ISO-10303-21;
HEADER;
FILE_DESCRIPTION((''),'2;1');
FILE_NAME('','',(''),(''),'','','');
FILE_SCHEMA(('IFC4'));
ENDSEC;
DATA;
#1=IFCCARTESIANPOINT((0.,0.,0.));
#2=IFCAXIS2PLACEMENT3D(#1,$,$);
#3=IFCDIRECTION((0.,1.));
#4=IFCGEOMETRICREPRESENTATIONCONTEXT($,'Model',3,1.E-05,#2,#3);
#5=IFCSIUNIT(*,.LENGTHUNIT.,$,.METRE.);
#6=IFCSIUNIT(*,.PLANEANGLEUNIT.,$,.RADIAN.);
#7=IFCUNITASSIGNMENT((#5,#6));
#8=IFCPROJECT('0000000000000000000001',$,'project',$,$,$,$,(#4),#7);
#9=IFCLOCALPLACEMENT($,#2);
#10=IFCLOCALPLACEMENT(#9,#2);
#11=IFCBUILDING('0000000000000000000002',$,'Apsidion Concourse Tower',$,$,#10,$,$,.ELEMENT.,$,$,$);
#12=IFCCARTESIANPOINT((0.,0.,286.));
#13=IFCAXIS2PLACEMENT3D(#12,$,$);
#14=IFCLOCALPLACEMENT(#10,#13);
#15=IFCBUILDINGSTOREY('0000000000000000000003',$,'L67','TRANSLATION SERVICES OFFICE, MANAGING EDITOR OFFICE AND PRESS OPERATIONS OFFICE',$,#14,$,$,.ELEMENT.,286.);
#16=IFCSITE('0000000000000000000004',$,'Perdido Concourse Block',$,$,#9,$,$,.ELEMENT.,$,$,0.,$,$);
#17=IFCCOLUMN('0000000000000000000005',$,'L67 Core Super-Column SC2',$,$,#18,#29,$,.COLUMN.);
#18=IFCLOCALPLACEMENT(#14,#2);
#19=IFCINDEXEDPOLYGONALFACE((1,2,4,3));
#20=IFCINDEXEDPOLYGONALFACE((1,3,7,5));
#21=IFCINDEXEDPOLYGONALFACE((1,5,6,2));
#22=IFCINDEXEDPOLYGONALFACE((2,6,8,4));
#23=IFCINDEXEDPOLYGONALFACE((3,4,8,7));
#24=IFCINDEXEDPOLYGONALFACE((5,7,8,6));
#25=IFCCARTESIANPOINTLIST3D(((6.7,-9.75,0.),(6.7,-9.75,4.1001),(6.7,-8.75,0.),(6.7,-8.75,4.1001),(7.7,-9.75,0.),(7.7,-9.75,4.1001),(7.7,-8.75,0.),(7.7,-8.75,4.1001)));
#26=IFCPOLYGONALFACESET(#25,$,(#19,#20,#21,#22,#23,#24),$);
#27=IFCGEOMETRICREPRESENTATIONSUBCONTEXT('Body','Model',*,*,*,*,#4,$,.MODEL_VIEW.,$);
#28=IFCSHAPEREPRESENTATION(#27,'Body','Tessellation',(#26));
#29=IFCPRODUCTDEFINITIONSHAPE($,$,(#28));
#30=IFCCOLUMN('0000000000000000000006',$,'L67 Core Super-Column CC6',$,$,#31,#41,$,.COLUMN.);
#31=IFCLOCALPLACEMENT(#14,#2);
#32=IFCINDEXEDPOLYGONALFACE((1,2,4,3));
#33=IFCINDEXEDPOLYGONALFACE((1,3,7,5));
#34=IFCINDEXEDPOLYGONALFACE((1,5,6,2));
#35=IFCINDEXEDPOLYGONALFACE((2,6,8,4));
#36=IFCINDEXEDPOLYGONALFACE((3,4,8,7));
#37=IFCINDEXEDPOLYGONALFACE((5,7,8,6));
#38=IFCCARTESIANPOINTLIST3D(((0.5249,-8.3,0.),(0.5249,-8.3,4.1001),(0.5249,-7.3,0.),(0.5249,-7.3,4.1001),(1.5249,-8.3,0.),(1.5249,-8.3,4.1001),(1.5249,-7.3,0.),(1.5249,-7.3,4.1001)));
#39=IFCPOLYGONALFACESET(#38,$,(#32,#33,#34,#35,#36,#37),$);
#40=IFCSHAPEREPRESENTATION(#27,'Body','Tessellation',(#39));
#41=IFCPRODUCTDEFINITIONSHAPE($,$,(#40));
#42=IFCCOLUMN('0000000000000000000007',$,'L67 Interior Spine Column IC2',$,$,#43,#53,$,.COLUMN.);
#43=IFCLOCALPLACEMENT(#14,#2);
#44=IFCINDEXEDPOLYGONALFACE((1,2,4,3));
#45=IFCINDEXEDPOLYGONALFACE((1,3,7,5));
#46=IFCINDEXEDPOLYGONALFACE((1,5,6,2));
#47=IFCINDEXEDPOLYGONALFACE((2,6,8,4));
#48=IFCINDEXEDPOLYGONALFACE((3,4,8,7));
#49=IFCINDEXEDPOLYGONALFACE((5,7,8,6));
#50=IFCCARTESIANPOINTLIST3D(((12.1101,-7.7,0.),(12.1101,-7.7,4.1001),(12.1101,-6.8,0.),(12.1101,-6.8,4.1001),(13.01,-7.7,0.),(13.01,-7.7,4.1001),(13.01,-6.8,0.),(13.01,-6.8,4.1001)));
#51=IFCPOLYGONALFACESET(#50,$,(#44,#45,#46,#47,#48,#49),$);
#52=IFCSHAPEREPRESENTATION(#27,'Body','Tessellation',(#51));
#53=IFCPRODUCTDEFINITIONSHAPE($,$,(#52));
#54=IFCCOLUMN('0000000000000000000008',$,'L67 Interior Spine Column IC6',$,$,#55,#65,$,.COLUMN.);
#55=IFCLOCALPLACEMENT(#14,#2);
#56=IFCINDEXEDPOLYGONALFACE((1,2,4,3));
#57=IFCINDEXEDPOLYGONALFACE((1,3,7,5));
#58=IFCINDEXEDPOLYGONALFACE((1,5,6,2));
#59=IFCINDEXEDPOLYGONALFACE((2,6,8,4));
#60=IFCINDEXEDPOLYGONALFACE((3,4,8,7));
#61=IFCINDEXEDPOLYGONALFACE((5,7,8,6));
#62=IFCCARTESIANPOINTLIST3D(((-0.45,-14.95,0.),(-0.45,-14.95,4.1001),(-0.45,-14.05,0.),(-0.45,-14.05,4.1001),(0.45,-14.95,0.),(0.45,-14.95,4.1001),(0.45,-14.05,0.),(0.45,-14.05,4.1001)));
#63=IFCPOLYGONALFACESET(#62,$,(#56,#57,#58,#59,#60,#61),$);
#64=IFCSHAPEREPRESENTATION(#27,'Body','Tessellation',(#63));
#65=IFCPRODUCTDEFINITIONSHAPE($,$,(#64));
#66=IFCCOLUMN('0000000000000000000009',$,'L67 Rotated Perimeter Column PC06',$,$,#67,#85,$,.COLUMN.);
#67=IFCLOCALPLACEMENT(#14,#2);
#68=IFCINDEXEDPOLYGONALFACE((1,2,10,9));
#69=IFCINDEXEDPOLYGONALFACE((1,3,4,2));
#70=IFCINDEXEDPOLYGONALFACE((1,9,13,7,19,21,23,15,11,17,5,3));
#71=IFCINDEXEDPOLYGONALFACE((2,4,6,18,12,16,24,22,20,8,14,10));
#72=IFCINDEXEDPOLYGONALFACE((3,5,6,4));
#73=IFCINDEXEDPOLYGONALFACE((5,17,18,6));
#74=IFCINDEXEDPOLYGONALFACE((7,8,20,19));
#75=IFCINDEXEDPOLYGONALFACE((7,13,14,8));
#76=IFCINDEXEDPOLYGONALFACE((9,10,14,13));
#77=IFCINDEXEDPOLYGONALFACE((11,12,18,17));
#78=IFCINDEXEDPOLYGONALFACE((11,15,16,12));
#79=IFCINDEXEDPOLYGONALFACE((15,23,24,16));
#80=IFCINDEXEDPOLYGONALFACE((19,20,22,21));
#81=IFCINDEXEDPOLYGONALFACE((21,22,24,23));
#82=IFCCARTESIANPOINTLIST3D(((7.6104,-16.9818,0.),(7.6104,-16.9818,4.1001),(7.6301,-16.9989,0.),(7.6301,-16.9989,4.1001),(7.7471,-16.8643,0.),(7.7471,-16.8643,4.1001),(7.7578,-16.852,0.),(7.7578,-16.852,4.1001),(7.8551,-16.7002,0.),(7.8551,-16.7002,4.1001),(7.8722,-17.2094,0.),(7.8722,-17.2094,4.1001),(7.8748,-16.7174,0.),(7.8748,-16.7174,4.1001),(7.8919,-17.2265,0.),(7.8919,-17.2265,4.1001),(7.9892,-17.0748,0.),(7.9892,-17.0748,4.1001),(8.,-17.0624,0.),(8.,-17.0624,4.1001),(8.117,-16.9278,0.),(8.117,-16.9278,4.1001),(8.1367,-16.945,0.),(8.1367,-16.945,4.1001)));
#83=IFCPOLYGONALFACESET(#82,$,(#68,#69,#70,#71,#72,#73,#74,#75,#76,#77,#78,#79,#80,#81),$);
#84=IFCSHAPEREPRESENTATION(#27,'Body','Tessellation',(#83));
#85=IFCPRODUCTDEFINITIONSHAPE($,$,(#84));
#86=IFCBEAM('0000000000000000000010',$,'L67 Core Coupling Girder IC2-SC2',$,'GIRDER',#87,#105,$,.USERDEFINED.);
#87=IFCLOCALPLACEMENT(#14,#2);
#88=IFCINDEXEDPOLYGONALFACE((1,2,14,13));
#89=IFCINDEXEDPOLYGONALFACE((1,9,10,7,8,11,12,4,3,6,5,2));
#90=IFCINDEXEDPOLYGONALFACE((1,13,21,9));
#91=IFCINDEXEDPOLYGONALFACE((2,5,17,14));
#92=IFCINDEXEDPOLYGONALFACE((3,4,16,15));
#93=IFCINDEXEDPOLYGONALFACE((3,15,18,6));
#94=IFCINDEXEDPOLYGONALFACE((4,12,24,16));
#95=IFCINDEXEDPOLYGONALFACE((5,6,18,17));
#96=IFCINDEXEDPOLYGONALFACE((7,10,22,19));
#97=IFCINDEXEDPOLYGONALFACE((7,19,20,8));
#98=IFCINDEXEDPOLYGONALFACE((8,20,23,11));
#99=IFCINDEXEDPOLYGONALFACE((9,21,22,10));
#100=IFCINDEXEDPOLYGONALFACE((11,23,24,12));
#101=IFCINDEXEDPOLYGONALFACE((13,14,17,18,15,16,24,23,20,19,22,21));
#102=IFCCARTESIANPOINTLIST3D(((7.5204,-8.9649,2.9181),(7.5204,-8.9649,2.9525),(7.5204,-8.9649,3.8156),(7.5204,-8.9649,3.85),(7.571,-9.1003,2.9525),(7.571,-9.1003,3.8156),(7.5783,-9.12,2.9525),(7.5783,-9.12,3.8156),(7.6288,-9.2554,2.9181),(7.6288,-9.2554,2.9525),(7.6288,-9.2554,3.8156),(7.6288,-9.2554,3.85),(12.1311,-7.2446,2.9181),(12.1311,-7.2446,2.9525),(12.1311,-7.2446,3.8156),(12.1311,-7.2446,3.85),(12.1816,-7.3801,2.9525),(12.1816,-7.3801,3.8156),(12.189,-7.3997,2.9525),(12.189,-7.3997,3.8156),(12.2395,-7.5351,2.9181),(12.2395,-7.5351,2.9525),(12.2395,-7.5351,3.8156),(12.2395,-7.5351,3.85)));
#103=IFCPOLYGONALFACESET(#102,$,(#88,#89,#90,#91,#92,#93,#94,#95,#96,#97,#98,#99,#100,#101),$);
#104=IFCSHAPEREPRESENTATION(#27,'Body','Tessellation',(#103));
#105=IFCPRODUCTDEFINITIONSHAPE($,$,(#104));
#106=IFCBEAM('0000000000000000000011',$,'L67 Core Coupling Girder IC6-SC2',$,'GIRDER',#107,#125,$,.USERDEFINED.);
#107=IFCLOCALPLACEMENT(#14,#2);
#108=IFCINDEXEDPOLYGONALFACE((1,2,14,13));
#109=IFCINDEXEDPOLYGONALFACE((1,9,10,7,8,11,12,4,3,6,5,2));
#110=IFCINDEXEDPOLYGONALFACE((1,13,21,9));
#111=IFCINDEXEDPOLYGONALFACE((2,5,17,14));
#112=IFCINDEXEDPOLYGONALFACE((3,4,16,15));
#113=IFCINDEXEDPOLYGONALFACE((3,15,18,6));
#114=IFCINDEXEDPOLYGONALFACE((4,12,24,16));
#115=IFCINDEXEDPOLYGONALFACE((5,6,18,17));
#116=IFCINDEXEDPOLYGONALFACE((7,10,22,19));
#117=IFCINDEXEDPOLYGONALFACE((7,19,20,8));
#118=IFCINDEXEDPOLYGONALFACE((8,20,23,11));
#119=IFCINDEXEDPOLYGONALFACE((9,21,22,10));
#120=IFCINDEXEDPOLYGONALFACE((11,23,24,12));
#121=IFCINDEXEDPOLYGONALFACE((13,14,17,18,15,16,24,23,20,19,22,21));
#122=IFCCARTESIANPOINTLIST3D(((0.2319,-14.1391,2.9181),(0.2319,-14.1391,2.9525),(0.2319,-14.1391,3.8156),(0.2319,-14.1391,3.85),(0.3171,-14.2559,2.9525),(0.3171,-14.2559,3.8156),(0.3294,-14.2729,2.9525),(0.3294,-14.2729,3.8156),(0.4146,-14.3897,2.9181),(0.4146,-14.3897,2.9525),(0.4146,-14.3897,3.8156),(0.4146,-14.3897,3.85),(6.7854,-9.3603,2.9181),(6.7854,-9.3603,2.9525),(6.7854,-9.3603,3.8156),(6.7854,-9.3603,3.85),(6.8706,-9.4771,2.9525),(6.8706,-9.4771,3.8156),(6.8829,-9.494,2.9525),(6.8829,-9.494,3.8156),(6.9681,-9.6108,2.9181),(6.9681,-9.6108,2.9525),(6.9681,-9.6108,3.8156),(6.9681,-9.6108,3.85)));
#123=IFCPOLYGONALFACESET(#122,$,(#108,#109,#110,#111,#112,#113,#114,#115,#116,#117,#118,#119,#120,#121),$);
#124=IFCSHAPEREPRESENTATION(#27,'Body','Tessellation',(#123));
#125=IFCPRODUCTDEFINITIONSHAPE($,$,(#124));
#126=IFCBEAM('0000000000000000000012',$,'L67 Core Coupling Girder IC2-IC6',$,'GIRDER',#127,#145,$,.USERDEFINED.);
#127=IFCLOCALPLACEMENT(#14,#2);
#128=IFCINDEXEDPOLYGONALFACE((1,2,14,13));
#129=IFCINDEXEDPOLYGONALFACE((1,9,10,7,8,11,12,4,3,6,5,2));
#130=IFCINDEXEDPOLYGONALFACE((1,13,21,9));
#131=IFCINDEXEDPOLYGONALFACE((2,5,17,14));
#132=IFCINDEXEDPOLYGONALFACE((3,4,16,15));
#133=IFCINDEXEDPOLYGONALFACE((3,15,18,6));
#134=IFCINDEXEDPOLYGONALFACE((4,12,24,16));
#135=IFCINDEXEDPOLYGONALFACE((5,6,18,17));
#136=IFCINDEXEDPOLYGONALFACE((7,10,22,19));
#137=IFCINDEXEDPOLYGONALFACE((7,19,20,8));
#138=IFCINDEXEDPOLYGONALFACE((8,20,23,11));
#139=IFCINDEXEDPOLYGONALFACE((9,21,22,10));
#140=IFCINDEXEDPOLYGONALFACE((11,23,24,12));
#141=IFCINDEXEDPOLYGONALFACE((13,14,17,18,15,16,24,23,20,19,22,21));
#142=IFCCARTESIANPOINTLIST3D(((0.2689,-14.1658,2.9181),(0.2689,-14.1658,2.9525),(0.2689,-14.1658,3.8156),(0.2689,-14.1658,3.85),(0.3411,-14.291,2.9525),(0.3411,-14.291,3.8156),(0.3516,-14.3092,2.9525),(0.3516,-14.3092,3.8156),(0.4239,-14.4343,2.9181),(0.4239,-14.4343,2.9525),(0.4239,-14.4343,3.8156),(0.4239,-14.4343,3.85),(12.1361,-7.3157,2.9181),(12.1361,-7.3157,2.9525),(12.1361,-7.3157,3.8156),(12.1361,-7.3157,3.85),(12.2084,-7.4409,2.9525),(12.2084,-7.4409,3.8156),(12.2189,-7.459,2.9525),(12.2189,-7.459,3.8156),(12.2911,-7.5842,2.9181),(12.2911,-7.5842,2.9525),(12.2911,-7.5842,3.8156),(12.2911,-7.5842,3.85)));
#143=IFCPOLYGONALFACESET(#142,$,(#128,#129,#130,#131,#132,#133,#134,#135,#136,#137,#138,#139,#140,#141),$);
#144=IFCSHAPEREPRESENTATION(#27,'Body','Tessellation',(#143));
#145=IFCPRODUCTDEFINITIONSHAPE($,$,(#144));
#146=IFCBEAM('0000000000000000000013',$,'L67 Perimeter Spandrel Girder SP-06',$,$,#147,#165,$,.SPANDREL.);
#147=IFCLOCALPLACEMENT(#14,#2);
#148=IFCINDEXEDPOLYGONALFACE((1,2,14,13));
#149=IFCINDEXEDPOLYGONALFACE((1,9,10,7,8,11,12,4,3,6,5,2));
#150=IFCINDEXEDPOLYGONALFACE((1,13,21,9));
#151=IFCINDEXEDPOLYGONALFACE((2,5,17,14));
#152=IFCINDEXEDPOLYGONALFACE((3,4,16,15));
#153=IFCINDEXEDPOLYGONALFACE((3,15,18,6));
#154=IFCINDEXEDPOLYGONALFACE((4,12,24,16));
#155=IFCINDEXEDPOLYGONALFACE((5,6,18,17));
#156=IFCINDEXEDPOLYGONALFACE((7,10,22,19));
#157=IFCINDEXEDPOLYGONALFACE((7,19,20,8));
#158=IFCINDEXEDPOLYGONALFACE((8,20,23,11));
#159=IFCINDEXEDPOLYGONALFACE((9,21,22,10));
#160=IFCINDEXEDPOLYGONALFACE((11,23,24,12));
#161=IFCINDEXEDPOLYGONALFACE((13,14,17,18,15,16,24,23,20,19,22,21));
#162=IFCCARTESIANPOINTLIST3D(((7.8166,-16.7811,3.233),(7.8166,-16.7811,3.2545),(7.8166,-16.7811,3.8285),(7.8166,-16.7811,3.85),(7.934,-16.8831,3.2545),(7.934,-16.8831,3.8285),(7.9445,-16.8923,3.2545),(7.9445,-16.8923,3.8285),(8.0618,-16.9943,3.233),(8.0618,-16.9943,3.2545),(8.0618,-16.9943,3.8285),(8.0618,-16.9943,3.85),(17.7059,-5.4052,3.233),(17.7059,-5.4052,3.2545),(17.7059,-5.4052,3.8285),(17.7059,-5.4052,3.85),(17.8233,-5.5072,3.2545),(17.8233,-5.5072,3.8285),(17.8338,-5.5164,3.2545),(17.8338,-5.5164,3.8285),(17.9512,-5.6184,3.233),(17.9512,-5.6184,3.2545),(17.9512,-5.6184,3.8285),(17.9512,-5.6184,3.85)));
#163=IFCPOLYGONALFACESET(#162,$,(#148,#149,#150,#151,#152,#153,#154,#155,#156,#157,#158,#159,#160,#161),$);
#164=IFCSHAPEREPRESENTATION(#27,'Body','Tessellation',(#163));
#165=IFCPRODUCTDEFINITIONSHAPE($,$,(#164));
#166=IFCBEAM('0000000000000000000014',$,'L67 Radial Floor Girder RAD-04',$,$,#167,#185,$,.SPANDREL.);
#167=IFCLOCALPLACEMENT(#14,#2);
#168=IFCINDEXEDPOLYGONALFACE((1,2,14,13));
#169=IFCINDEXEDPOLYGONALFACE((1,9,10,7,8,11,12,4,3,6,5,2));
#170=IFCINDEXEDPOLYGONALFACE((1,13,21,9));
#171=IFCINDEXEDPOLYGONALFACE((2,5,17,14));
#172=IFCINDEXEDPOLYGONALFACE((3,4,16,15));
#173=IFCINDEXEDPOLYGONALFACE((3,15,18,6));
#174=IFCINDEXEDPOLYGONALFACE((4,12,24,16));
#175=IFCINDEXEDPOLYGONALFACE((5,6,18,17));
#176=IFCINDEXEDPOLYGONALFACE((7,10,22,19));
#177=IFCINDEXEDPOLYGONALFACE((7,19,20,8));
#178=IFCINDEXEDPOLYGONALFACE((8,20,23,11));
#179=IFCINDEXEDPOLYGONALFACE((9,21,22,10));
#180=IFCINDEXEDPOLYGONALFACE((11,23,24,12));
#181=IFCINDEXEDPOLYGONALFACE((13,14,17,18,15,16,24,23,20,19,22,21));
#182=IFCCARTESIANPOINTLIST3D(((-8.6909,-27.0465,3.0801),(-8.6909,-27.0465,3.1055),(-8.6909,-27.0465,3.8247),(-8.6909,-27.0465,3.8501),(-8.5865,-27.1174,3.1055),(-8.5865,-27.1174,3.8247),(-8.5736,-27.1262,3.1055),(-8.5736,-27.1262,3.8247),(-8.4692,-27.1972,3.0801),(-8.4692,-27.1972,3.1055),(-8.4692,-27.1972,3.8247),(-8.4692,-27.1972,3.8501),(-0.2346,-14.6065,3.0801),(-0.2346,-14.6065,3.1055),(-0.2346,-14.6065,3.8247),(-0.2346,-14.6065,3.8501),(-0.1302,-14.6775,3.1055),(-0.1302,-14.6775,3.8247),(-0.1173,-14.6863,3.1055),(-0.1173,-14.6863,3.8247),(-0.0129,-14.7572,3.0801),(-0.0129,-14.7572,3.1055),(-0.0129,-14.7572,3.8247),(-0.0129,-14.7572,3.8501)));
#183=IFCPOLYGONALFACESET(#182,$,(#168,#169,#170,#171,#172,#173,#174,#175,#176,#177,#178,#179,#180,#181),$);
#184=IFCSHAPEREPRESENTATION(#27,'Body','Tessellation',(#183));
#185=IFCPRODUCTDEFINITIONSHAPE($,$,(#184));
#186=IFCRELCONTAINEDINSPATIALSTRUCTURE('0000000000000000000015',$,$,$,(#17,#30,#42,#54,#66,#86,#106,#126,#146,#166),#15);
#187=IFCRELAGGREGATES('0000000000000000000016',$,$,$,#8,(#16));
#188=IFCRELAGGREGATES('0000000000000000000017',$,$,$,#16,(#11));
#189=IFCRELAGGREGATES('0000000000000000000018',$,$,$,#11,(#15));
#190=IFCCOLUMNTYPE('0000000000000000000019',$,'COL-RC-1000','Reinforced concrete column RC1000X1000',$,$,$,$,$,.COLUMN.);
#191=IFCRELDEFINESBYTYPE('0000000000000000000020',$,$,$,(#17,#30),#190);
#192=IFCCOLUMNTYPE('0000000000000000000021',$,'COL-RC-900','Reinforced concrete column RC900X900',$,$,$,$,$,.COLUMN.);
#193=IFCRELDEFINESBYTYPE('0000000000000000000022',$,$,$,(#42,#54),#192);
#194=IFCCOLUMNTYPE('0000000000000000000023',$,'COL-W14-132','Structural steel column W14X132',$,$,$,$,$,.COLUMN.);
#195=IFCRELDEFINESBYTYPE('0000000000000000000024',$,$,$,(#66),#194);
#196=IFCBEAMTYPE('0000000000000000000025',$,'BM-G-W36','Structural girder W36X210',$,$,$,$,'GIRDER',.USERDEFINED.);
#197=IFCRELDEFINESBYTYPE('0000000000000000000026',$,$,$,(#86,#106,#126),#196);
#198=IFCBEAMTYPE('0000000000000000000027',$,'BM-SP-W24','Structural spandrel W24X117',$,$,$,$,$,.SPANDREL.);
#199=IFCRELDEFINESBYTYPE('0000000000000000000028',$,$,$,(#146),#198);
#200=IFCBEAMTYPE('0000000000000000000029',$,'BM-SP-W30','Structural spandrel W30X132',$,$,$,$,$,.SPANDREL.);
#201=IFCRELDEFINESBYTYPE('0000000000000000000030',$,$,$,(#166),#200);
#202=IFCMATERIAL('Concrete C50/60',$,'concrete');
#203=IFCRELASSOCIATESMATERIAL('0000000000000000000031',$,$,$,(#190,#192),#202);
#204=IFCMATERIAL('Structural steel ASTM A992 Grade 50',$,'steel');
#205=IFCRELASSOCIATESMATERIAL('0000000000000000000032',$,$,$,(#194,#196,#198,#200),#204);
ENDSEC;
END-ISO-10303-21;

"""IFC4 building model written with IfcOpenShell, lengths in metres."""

from ifc_helpers import new_model, si_unit, direction, frame, origin, origin_2d, place, context, subcontext, project, spatial, rectangle, i_section, extrude, material, material_profile, profile_set, type_object, element, save


model = new_model("IFC4")

# Units and contexts
model_context = context("Model", 3, precision=1e-05, world=origin(), true_north=direction((0.0, 1.0)))
body_context = subcontext(model_context, "Body", "Model", "MODEL_VIEW")
ifc_project = project(units=[si_unit("LENGTHUNIT", "METRE"), si_unit("PLANEANGLEUNIT", "RADIAN")], contexts=[model_context])

# Site, building, storey
site_placement = place(None, origin())
site = spatial("IfcSite", under=ifc_project, at=site_placement, Name="Perdido Concourse Block", CompositionType="ELEMENT", RefElevation=0.0)
building_placement = place(site_placement, origin())
building = spatial("IfcBuilding", under=site, at=building_placement, Name="Apsidion Concourse Tower", CompositionType="ELEMENT")
storey_placement = place(building_placement, frame((0.0, 0.0, 286.0)))
storey = spatial("IfcBuildingStorey", under=building, at=storey_placement, Name="L67", Description="TRANSLATION SERVICES OFFICE, MANAGING EDITOR OFFICE AND PRESS OPERATIONS OFFICE", CompositionType="ELEMENT", Elevation=286.0)

# Columns
ifc_material_1 = material(Name="Concrete C50/60", Category="concrete")
ifc_material_profile_1 = material_profile(ifc_material_1, rectangle(XDim=1.0, YDim=1.0, at=origin_2d()), Name="RC 1000x1000")
ifc_profile_set_1 = profile_set([ifc_material_profile_1], Name="Concrete C50/60")
column_type_1 = type_object("IfcColumnType", Name="COL-RC-1000", Description="Reinforced concrete column RC1000X1000", PredefinedType="COLUMN", material=ifc_profile_set_1)
for number, where, z_axis, x_axis, name in (
    (1, (7.2, -9.25, 0.0), (0.0, 0.0, 1.0), (1.0, 0.0, 0.0), "L67 Core Super-Column SC2"),
    (2, (1.0249, -7.8, 0.0), (0.0, 0.0, 1.0), (1.0, 0.0, 0.0), "L67 Core Super-Column CC6"),
):
    element("IfcColumn", number, at=place(storey_placement, frame(where, z_axis=z_axis, x_axis=x_axis)), inside=storey, type_object=column_type_1, Name=name, PredefinedType="COLUMN", context=body_context, shape_type="SweptSolid", body=[
        extrude(rectangle(XDim=1.0, YDim=1.0, at=origin_2d()), origin(), (0.0, 0.0, 1.0), 4.1001),
    ])
ifc_material_profile_2 = material_profile(ifc_material_1, rectangle(XDim=0.8999, YDim=0.8999, at=origin_2d()), Name="RC 900x900")
ifc_profile_set_2 = profile_set([ifc_material_profile_2], Name="Concrete C50/60")
column_type_2 = type_object("IfcColumnType", Name="COL-RC-900", Description="Reinforced concrete column RC900X900", PredefinedType="COLUMN", material=ifc_profile_set_2)
for number, where, z_axis, x_axis, name in (
    (3, (12.5601, -7.25, 0.0), (0.0, 0.0, 1.0), (1.0, 0.0, 0.0), "L67 Interior Spine Column IC2"),
    (4, (0.0, -14.5, 0.0), (0.0, 0.0, 1.0), (1.0, 0.0, 0.0), "L67 Interior Spine Column IC6"),
):
    element("IfcColumn", number, at=place(storey_placement, frame(where, z_axis=z_axis, x_axis=x_axis)), inside=storey, type_object=column_type_2, Name=name, PredefinedType="COLUMN", context=body_context, shape_type="SweptSolid", body=[
        extrude(rectangle(XDim=0.8999, YDim=0.8999, at=origin_2d()), origin(), (0.0, 0.0, 1.0), 4.1001),
    ])
ifc_material_2 = material(Name="Structural steel ASTM A992 Grade 50", Category="steel")
ifc_material_profile_3 = material_profile(ifc_material_2, i_section(OverallWidth=0.373, OverallDepth=0.373, WebThickness=0.0164, FlangeThickness=0.0261, at=origin_2d()), Name="W14X132")
ifc_profile_set_3 = profile_set([ifc_material_profile_3], Name="Structural steel ASTM A992 Grade 50")
column_type_3 = type_object("IfcColumnType", Name="COL-W14-132", Description="Structural steel column W14X132", PredefinedType="COLUMN", material=ifc_profile_set_3)
column_placement = place(storey_placement, frame((7.8735, -16.9634, 0.0), z_axis=(0.0, 0.0, 1.0), x_axis=(0.656059, 0.75471, 0.0)))
element("IfcColumn", 5, at=column_placement, inside=storey, type_object=column_type_3, Name="L67 Rotated Perimeter Column PC06", PredefinedType="COLUMN", context=body_context, shape_type="SweptSolid", body=[
    extrude(i_section(OverallWidth=0.373, OverallDepth=0.373, WebThickness=0.0164, FlangeThickness=0.0261, at=origin_2d()), origin(), (0.0, 0.0, 1.0), 4.1001),
])

# Beams
ifc_material_profile_4 = material_profile(ifc_material_2, i_section(OverallWidth=0.3101, OverallDepth=0.9319, WebThickness=0.021, FlangeThickness=0.0344, at=origin_2d()), Name="W36X210")
ifc_profile_set_4 = profile_set([ifc_material_profile_4], Name="Structural steel ASTM A992 Grade 50")
beam_type_1 = type_object("IfcBeamType", Name="BM-G-W36", Description="Structural girder W36X210", ElementType="GIRDER", PredefinedType="USERDEFINED", material=ifc_profile_set_4)
beam_1_placement = place(storey_placement, frame((12.1853, -7.3899, 3.384), z_axis=(-0.936913, -0.349563, 0.0), x_axis=(0.349563, -0.936913, 0.0)))
element("IfcBeam", 6, at=beam_1_placement, inside=storey, type_object=beam_type_1, Name="L67 Core Coupling Girder IC2-SC2", ObjectType="GIRDER", PredefinedType="USERDEFINED", context=body_context, shape_type="SweptSolid", body=[
    extrude(i_section(OverallWidth=0.3101, OverallDepth=0.9319, WebThickness=0.021, FlangeThickness=0.0344, at=origin_2d()), origin(), (0.0, 0.0, 1.0), 4.9211),
])
beam_2_placement = place(storey_placement, frame((0.3232, -14.2644, 3.384), z_axis=(0.807993, 0.589191, 0.0), x_axis=(-0.589191, 0.807993, 0.0)))
element("IfcBeam", 7, at=beam_2_placement, inside=storey, type_object=beam_type_1, Name="L67 Core Coupling Girder IC6-SC2", ObjectType="GIRDER", PredefinedType="USERDEFINED", context=body_context, shape_type="SweptSolid", body=[
    extrude(i_section(OverallWidth=0.3101, OverallDepth=0.9319, WebThickness=0.021, FlangeThickness=0.0344, at=origin_2d()), origin(), (0.0, 0.0, 1.0), 8.1108),
])
beam_3_placement = place(storey_placement, frame((12.2136, -7.45, 3.384), z_axis=(-0.86607, -0.499922, 0.0), x_axis=(0.499922, -0.86607, 0.0)))
element("IfcBeam", 8, at=beam_3_placement, inside=storey, type_object=beam_type_1, Name="L67 Core Coupling Girder IC2-IC6", ObjectType="GIRDER", PredefinedType="USERDEFINED", context=body_context, shape_type="SweptSolid", body=[
    extrude(i_section(OverallWidth=0.3101, OverallDepth=0.9319, WebThickness=0.021, FlangeThickness=0.0344, at=origin_2d()), origin(), (0.0, 0.0, 1.0), 13.7024),
])
ifc_material_profile_5 = material_profile(ifc_material_2, i_section(OverallWidth=0.325, OverallDepth=0.6169, WebThickness=0.0139, FlangeThickness=0.0215, at=origin_2d()), Name="W24X117")
ifc_profile_set_5 = profile_set([ifc_material_profile_5], Name="Structural steel ASTM A992 Grade 50")
beam_type_2 = type_object("IfcBeamType", Name="BM-SP-W24", Description="Structural spandrel W24X117", PredefinedType="SPANDREL", material=ifc_profile_set_5)
beam_4_placement = place(storey_placement, frame((7.9392, -16.8877, 3.5415), z_axis=(0.656075, 0.754696, 0.0), x_axis=(-0.754696, 0.656075, 0.0)))
element("IfcBeam", 9, at=beam_4_placement, inside=storey, type_object=beam_type_2, Name="L67 Perimeter Spandrel Girder SP-06", PredefinedType="SPANDREL", context=body_context, shape_type="SweptSolid", body=[
    extrude(i_section(OverallWidth=0.325, OverallDepth=0.6169, WebThickness=0.0139, FlangeThickness=0.0215, at=origin_2d()), origin(), (0.0, 0.0, 1.0), 15.0735),
])
ifc_material_profile_6 = material_profile(ifc_material_2, i_section(OverallWidth=0.2681, OverallDepth=0.77, WebThickness=0.0156, FlangeThickness=0.0254, at=origin_2d()), Name="W30X132")
ifc_profile_set_6 = profile_set([ifc_material_profile_6], Name="Structural steel ASTM A992 Grade 50")
beam_type_3 = type_object("IfcBeamType", Name="BM-SP-W30", Description="Structural spandrel W30X132", PredefinedType="SPANDREL", material=ifc_profile_set_6)
beam_5_placement = place(storey_placement, frame((-0.1238, -14.6819, 3.4651), z_axis=(-0.56218, -0.827015, 0.0), x_axis=(0.827015, -0.56218, 0.0)))
element("IfcBeam", 10, at=beam_5_placement, inside=storey, type_object=beam_type_3, Name="L67 Radial Floor Girder RAD-04", PredefinedType="SPANDREL", context=body_context, shape_type="SweptSolid", body=[
    extrude(i_section(OverallWidth=0.2681, OverallDepth=0.77, WebThickness=0.0156, FlangeThickness=0.0254, at=origin_2d()), origin(), (0.0, 0.0, 1.0), 15.042),
])

save(model, "model.ifc")
